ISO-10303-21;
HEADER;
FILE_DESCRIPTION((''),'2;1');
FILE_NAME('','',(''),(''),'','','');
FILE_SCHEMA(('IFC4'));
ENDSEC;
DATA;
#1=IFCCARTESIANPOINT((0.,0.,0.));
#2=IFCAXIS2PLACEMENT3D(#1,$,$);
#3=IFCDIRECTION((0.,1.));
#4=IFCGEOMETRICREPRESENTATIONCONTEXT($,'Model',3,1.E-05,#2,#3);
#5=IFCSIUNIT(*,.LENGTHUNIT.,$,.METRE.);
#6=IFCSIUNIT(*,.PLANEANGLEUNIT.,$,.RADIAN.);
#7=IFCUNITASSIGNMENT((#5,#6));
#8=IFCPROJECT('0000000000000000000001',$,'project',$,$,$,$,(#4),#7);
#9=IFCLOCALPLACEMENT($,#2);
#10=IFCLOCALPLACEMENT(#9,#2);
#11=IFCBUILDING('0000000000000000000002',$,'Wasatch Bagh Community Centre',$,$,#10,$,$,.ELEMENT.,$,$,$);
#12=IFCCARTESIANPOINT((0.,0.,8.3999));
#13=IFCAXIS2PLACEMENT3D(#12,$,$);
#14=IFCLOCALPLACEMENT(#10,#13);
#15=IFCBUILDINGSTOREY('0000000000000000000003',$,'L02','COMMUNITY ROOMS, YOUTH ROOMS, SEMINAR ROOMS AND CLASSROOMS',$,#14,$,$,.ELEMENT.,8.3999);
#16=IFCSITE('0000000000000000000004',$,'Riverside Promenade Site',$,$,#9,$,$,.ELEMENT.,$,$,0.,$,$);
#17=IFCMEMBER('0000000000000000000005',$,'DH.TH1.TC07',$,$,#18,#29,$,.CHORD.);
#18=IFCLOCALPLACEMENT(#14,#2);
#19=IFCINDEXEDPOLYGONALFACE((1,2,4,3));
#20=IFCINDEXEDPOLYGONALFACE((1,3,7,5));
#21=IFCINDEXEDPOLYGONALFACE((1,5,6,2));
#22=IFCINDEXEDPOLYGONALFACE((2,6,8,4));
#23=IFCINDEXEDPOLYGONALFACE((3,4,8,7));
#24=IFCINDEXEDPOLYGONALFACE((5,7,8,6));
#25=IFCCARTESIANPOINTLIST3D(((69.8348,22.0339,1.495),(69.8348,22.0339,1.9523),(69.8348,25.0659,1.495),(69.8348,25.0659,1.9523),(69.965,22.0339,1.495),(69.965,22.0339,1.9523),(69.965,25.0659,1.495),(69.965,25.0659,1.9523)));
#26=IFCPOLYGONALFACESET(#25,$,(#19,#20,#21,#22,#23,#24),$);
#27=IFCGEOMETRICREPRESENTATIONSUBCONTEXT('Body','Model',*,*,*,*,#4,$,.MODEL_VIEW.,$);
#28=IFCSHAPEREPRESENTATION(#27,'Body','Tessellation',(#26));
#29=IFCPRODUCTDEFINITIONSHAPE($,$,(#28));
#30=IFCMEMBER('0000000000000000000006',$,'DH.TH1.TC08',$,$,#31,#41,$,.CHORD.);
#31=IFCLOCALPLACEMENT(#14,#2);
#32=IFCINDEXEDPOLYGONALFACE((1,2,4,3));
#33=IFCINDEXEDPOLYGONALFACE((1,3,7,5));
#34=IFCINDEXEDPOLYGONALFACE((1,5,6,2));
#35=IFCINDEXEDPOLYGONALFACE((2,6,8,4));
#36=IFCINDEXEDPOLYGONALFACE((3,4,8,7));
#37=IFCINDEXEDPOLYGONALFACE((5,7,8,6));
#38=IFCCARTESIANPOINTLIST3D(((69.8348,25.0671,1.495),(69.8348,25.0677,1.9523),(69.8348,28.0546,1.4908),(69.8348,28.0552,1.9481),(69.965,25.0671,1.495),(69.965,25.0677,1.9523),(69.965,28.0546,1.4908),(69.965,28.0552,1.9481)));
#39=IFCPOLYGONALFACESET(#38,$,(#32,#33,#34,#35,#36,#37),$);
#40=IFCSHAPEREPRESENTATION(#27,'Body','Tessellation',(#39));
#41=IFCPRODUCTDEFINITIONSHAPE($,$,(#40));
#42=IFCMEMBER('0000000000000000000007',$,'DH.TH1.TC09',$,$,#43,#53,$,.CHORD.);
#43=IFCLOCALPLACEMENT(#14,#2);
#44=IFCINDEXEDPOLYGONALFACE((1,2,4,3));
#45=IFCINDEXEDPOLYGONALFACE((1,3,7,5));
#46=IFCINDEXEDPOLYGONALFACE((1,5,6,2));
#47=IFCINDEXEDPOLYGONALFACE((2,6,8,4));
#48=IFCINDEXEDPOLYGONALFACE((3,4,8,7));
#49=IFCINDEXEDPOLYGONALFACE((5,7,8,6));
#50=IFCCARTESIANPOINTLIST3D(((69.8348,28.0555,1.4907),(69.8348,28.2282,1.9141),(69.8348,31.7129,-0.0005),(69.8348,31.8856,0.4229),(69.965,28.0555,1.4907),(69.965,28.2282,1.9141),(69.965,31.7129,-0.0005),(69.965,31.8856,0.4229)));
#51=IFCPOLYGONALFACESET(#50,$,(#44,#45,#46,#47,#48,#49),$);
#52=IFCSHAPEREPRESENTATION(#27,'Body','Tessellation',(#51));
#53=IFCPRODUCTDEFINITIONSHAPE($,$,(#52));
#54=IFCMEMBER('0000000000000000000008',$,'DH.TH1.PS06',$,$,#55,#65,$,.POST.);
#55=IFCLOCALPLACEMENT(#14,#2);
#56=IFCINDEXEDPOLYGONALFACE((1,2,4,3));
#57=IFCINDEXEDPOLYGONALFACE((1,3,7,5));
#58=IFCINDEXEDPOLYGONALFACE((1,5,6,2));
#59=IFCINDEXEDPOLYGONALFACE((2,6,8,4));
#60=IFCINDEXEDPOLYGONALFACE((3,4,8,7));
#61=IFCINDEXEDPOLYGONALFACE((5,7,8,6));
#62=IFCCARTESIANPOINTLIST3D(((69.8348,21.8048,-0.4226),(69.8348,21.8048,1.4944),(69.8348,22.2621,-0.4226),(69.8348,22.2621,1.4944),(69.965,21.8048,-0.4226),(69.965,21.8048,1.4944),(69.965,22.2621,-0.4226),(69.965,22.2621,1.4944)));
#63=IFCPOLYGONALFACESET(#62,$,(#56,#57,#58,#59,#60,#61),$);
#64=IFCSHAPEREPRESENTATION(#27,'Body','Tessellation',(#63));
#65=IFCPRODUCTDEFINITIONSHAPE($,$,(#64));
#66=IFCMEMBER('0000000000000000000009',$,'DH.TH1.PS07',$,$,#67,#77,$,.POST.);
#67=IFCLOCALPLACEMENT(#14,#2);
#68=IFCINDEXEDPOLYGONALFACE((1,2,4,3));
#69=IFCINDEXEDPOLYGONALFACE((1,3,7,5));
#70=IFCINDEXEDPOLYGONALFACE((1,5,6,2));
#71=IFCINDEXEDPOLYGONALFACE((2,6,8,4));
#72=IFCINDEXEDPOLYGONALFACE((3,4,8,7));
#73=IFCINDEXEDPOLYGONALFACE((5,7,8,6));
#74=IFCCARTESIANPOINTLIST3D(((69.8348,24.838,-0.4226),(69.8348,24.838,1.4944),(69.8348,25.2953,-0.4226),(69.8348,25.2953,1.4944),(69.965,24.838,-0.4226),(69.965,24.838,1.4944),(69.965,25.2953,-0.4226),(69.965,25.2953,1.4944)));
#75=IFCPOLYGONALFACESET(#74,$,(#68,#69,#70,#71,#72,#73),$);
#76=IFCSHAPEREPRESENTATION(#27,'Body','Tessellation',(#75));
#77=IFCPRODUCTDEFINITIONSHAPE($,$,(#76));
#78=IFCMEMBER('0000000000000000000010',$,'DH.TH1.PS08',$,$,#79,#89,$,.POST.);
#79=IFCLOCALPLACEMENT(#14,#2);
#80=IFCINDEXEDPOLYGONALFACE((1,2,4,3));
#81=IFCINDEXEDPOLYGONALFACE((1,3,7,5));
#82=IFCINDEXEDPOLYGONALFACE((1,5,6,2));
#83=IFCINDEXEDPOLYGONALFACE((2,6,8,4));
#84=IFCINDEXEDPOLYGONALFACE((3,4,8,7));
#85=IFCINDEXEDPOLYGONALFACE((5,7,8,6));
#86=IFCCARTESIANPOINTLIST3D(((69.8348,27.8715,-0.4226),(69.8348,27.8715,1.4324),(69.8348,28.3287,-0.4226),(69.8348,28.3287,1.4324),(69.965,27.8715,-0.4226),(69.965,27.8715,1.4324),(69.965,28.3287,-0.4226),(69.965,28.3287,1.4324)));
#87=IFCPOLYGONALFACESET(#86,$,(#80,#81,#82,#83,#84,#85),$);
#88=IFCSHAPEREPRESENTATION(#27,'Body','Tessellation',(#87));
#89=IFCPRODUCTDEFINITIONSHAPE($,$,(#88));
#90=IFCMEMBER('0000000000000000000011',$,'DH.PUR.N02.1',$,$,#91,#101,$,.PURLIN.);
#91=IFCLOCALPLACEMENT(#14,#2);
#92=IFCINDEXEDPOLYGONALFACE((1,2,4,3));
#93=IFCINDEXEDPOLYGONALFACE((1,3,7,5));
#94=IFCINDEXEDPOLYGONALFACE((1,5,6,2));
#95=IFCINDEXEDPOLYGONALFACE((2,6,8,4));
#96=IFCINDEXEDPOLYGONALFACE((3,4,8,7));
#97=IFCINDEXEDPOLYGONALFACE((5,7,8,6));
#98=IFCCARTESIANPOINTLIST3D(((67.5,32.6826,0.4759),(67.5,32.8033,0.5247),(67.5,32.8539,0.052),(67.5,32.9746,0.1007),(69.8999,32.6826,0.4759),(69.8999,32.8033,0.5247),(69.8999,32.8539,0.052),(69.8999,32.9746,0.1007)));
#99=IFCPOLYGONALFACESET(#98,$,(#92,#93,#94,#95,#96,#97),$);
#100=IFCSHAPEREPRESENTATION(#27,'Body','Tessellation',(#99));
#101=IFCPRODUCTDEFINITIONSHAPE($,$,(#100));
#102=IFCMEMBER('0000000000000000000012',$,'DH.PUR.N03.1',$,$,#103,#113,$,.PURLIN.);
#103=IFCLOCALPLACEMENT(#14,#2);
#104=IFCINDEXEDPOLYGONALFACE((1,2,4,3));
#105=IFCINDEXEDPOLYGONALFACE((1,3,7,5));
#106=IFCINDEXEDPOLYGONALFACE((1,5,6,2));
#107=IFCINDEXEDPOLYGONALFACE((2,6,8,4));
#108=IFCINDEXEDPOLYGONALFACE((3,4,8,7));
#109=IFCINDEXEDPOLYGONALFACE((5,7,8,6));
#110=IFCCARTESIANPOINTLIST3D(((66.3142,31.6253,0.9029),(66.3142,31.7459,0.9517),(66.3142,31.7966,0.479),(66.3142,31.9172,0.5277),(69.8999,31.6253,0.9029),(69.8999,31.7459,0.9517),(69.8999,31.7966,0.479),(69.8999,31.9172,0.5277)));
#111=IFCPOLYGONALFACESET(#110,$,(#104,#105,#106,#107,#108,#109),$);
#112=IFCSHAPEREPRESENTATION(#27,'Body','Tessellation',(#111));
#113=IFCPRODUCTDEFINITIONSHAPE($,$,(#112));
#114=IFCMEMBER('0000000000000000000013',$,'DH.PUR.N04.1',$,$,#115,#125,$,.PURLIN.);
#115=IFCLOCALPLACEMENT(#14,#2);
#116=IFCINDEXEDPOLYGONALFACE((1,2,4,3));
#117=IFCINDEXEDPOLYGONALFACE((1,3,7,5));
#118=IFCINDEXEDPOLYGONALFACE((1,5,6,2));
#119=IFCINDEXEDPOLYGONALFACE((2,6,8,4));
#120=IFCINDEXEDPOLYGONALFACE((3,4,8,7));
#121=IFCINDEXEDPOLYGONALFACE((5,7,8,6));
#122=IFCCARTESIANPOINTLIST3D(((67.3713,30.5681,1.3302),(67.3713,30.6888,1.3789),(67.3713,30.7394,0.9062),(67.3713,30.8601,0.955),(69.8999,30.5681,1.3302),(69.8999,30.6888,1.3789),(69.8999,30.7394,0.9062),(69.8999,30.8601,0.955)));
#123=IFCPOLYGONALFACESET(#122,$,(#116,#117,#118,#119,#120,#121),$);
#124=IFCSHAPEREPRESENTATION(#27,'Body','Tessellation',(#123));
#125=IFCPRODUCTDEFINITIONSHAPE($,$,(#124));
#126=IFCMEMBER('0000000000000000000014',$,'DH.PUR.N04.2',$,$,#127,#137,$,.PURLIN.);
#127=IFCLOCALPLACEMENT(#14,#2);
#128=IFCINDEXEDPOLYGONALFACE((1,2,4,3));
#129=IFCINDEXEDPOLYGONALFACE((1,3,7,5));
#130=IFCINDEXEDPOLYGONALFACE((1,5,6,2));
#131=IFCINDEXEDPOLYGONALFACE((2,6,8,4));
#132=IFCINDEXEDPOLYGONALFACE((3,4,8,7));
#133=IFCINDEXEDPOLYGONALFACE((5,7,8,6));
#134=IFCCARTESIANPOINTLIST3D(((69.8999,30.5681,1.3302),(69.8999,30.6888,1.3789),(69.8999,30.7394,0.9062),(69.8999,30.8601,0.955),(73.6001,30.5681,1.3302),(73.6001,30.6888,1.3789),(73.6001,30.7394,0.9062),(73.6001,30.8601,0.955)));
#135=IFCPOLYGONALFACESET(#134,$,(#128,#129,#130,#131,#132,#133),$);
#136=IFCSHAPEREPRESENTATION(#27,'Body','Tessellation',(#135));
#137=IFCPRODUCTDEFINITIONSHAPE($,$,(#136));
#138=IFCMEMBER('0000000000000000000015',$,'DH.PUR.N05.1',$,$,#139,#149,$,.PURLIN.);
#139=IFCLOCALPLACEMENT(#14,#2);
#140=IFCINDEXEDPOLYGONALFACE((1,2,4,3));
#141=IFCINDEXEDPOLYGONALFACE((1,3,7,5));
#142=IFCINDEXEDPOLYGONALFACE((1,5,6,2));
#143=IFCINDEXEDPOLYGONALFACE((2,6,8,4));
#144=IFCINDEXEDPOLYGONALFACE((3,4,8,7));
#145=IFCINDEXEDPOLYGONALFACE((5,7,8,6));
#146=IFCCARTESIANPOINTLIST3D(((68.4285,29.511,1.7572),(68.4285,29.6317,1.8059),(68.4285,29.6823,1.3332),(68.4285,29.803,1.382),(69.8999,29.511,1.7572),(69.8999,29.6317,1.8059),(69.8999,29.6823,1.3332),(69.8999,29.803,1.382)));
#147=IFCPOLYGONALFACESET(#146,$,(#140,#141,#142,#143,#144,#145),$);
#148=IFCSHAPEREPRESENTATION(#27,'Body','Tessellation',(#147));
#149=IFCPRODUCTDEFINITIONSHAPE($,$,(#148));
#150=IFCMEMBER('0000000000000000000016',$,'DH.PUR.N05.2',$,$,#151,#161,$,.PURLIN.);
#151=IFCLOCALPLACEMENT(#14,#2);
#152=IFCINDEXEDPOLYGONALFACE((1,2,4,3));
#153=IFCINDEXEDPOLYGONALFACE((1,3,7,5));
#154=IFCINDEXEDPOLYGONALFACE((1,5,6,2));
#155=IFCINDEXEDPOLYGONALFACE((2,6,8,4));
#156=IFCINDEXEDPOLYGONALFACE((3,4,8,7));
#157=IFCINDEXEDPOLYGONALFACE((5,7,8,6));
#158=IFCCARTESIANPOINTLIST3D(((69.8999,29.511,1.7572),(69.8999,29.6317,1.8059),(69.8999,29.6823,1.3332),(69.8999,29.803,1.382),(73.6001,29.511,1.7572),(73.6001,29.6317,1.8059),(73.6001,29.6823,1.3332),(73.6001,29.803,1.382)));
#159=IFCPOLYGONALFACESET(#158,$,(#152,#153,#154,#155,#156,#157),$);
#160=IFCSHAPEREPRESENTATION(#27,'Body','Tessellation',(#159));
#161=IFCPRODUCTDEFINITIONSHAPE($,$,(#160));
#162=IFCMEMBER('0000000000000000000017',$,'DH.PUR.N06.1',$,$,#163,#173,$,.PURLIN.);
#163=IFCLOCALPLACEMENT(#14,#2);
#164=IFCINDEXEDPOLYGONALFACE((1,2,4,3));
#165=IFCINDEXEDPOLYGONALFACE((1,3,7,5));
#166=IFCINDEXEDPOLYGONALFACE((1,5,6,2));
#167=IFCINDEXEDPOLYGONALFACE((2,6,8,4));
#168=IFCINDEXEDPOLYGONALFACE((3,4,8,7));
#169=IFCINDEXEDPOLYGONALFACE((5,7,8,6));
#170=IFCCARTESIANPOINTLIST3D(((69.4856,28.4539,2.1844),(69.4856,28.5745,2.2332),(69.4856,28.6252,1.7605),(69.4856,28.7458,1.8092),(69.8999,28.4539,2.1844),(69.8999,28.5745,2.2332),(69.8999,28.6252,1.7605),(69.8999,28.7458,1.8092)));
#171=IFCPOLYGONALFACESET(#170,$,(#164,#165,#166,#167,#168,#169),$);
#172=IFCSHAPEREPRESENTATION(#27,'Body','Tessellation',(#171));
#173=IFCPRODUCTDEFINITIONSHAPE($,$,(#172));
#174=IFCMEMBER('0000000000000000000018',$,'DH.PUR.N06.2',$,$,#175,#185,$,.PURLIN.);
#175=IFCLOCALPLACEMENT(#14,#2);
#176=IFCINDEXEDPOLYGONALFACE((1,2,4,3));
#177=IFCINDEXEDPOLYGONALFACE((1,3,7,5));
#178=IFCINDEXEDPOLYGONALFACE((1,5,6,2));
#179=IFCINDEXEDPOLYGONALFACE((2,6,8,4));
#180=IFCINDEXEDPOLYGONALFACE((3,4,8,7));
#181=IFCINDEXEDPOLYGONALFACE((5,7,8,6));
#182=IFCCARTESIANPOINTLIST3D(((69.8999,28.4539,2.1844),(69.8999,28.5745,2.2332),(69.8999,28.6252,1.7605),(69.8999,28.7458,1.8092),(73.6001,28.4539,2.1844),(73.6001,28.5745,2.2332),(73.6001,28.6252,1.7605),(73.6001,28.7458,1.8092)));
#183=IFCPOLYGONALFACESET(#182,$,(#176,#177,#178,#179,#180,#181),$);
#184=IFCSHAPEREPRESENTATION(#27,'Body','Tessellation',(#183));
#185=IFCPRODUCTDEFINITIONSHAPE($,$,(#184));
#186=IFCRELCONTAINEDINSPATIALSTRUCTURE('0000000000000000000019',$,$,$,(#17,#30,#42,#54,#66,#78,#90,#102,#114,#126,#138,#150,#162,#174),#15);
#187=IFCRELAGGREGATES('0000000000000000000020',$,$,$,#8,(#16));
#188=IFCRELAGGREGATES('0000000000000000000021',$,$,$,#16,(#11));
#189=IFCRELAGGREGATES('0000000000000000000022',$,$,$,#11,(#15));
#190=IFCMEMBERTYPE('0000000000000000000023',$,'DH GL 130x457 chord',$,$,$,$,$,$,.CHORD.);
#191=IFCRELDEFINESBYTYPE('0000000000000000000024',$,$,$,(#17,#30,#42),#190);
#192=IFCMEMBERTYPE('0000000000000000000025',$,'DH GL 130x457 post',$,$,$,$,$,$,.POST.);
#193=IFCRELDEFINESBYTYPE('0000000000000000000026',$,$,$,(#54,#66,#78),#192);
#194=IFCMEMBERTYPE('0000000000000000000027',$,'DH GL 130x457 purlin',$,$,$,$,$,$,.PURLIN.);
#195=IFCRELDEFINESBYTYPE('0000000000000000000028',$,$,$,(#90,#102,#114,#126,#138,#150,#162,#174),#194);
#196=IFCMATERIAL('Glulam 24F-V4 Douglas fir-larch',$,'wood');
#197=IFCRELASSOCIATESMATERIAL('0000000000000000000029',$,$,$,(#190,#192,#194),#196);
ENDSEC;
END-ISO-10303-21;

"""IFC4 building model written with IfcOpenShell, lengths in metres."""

from ifc_helpers import new_model, si_unit, direction, frame, origin, origin_2d, place, context, subcontext, project, spatial, rectangle, extrude, material, material_profile, profile_set, type_object, element, save


model = new_model("IFC4")

# Units and contexts
model_context = context("Model", 3, precision=1e-05, world=origin(), true_north=direction((0.0, 1.0)))
body_context = subcontext(model_context, "Body", "Model", "MODEL_VIEW")
ifc_project = project(units=[si_unit("LENGTHUNIT", "METRE"), si_unit("PLANEANGLEUNIT", "RADIAN")], contexts=[model_context])

# Site, building, storey
site_placement = place(None, origin())
site = spatial("IfcSite", under=ifc_project, at=site_placement, Name="Riverside Promenade Site", CompositionType="ELEMENT", RefElevation=0.0)
building_placement = place(site_placement, origin())
building = spatial("IfcBuilding", under=site, at=building_placement, Name="Wasatch Bagh Community Centre", CompositionType="ELEMENT")
storey_placement = place(building_placement, frame((0.0, 0.0, 8.3999)))
storey = spatial("IfcBuildingStorey", under=building, at=storey_placement, Name="L02", Description="COMMUNITY ROOMS, YOUTH ROOMS, SEMINAR ROOMS AND CLASSROOMS", CompositionType="ELEMENT", Elevation=8.3999)

# Members
ifc_material_1 = material(Name="Glulam 24F-V4 Douglas fir-larch", Category="wood")
ifc_material_profile_1 = material_profile(ifc_material_1, rectangle(XDim=0.1301, YDim=0.4573, at=origin_2d()), Name="GL 130x457")
ifc_profile_set_1 = profile_set([ifc_material_profile_1], Name="Glulam 24F-V4 Douglas fir-larch")
member_type_1 = type_object("IfcMemberType", Name="DH GL 130x457 chord", PredefinedType="CHORD", material=ifc_profile_set_1)
member_1_placement = place(storey_placement, frame((69.8999, 22.0339, 1.7236), z_axis=(0.0, 1.0, 0.0), x_axis=(-1.0, 0.0, 0.0)))
element("IfcMember", 1, at=member_1_placement, inside=storey, type_object=member_type_1, Name="DH.TH1.TC07", PredefinedType="CHORD", context=body_context, shape_type="SweptSolid", body=[
    extrude(rectangle(XDim=0.1301, YDim=0.4573, at=origin_2d()), origin(), (0.0, 0.0, 1.0), 3.032),
])
member_2_placement = place(storey_placement, frame((69.8999, 25.0674, 1.7236), z_axis=(0.0, 0.999999, -0.001389), x_axis=(-1.0, 0.0, 0.0)))
element("IfcMember", 2, at=member_2_placement, inside=storey, type_object=member_type_1, Name="DH.TH1.TC08", PredefinedType="CHORD", context=body_context, shape_type="SweptSolid", body=[
    extrude(rectangle(XDim=0.1301, YDim=0.4573, at=origin_2d()), origin(), (0.0, 0.0, 1.0), 2.9875),
])
member_3_placement = place(storey_placement, frame((69.8999, 28.1418, 1.7024), z_axis=(0.0, 0.925992, -0.377542), x_axis=(-1.0, 0.0, 0.0)))
element("IfcMember", 3, at=member_3_placement, inside=storey, type_object=member_type_1, Name="DH.TH1.TC09", PredefinedType="CHORD", context=body_context, shape_type="SweptSolid", body=[
    extrude(rectangle(XDim=0.1301, YDim=0.4573, at=origin_2d()), origin(), (0.0, 0.0, 1.0), 3.9497),
])
ifc_material_profile_2 = material_profile(ifc_material_1, rectangle(XDim=0.1301, YDim=0.4573, at=origin_2d()), Name="GL 130x457")
ifc_profile_set_2 = profile_set([ifc_material_profile_2], Name="Glulam 24F-V4 Douglas fir-larch")
member_type_2 = type_object("IfcMemberType", Name="DH GL 130x457 post", PredefinedType="POST", material=ifc_profile_set_2)
for number, where, z_axis, x_axis, name in (
    (4, (69.8999, 22.0334, -0.4226), (0.0, 0.0, 1.0), (1.0, 0.0, 0.0), "DH.TH1.PS06"),
    (5, (69.8999, 25.0667, -0.4226), (0.0, 0.0, 1.0), (1.0, 0.0, 0.0), "DH.TH1.PS07"),
):
    element("IfcMember", number, at=place(storey_placement, frame(where, z_axis=z_axis, x_axis=x_axis)), inside=storey, type_object=member_type_2, Name=name, PredefinedType="POST", context=body_context, shape_type="SweptSolid", body=[
        extrude(rectangle(XDim=0.1301, YDim=0.4573, at=origin_2d()), origin(), (0.0, 0.0, 1.0), 1.917),
    ])
member_4_placement = place(storey_placement, frame((69.8999, 28.1001, -0.4226), z_axis=(0.0, 0.0, 1.0), x_axis=(1.0, 0.0, 0.0)))
element("IfcMember", 6, at=member_4_placement, inside=storey, type_object=member_type_2, Name="DH.TH1.PS08", PredefinedType="POST", context=body_context, shape_type="SweptSolid", body=[
    extrude(rectangle(XDim=0.1301, YDim=0.4573, at=origin_2d()), origin(), (0.0, 0.0, 1.0), 1.855),
])
ifc_material_profile_3 = material_profile(ifc_material_1, rectangle(XDim=0.1301, YDim=0.4573, at=origin_2d()), Name="GL 130x457")
ifc_profile_set_3 = profile_set([ifc_material_profile_3], Name="Glulam 24F-V4 Douglas fir-larch")
member_type_3 = type_object("IfcMemberType", Name="DH GL 130x457 purlin", PredefinedType="PURLIN", material=ifc_profile_set_3)
member_5_placement = place(storey_placement, frame((67.5, 32.8286, 0.2883), z_axis=(1.0, 0.0, 0.0), x_axis=(0.0, 0.927184, 0.374607)))
element("IfcMember", 7, at=member_5_placement, inside=storey, type_object=member_type_3, Name="DH.PUR.N02.1", PredefinedType="PURLIN", context=body_context, shape_type="SweptSolid", body=[
    extrude(rectangle(XDim=0.1301, YDim=0.4573, at=origin_2d()), origin(), (0.0, 0.0, 1.0), 2.3999),
])
member_6_placement = place(storey_placement, frame((66.3142, 31.7712, 0.7153), z_axis=(1.0, 0.0, 0.0), x_axis=(0.0, 0.927184, 0.374607)))
element("IfcMember", 8, at=member_6_placement, inside=storey, type_object=member_type_3, Name="DH.PUR.N03.1", PredefinedType="PURLIN", context=body_context, shape_type="SweptSolid", body=[
    extrude(rectangle(XDim=0.1301, YDim=0.4573, at=origin_2d()), origin(), (0.0, 0.0, 1.0), 3.5857),
])
member_7_placement = place(storey_placement, frame((67.3713, 30.7141, 1.1426), z_axis=(1.0, 0.0, 0.0), x_axis=(0.0, 0.927184, 0.374607)))
element("IfcMember", 9, at=member_7_placement, inside=storey, type_object=member_type_3, Name="DH.PUR.N04.1", PredefinedType="PURLIN", context=body_context, shape_type="SweptSolid", body=[
    extrude(rectangle(XDim=0.1301, YDim=0.4573, at=origin_2d()), origin(), (0.0, 0.0, 1.0), 2.5286),
])
member_8_placement = place(storey_placement, frame((69.8999, 30.7141, 1.1426), z_axis=(1.0, 0.0, 0.0), x_axis=(0.0, 0.927184, 0.374607)))
element("IfcMember", 10, at=member_8_placement, inside=storey, type_object=member_type_3, Name="DH.PUR.N04.2", PredefinedType="PURLIN", context=body_context, shape_type="SweptSolid", body=[
    extrude(rectangle(XDim=0.1301, YDim=0.4573, at=origin_2d()), origin(), (0.0, 0.0, 1.0), 3.7002),
])
member_9_placement = place(storey_placement, frame((68.4285, 29.657, 1.5696), z_axis=(1.0, 0.0, 0.0), x_axis=(0.0, 0.927184, 0.374607)))
element("IfcMember", 11, at=member_9_placement, inside=storey, type_object=member_type_3, Name="DH.PUR.N05.1", PredefinedType="PURLIN", context=body_context, shape_type="SweptSolid", body=[
    extrude(rectangle(XDim=0.1301, YDim=0.4573, at=origin_2d()), origin(), (0.0, 0.0, 1.0), 1.4714),
])
member_10_placement = place(storey_placement, frame((69.8999, 29.657, 1.5696), z_axis=(1.0, 0.0, 0.0), x_axis=(0.0, 0.927184, 0.374607)))
element("IfcMember", 12, at=member_10_placement, inside=storey, type_object=member_type_3, Name="DH.PUR.N05.2", PredefinedType="PURLIN", context=body_context, shape_type="SweptSolid", body=[
    extrude(rectangle(XDim=0.1301, YDim=0.4573, at=origin_2d()), origin(), (0.0, 0.0, 1.0), 3.7002),
])
member_11_placement = place(storey_placement, frame((69.4856, 28.5999, 1.9968), z_axis=(1.0, 0.0, 0.0), x_axis=(0.0, 0.927184, 0.374607)))
element("IfcMember", 13, at=member_11_placement, inside=storey, type_object=member_type_3, Name="DH.PUR.N06.1", PredefinedType="PURLIN", context=body_context, shape_type="SweptSolid", body=[
    extrude(rectangle(XDim=0.1301, YDim=0.4573, at=origin_2d()), origin(), (0.0, 0.0, 1.0), 0.4143),
])
member_12_placement = place(storey_placement, frame((69.8999, 28.5999, 1.9968), z_axis=(1.0, 0.0, 0.0), x_axis=(0.0, 0.927184, 0.374607)))
element("IfcMember", 14, at=member_12_placement, inside=storey, type_object=member_type_3, Name="DH.PUR.N06.2", PredefinedType="PURLIN", context=body_context, shape_type="SweptSolid", body=[
    extrude(rectangle(XDim=0.1301, YDim=0.4573, at=origin_2d()), origin(), (0.0, 0.0, 1.0), 3.7002),
])

save(model, "model.ifc")
